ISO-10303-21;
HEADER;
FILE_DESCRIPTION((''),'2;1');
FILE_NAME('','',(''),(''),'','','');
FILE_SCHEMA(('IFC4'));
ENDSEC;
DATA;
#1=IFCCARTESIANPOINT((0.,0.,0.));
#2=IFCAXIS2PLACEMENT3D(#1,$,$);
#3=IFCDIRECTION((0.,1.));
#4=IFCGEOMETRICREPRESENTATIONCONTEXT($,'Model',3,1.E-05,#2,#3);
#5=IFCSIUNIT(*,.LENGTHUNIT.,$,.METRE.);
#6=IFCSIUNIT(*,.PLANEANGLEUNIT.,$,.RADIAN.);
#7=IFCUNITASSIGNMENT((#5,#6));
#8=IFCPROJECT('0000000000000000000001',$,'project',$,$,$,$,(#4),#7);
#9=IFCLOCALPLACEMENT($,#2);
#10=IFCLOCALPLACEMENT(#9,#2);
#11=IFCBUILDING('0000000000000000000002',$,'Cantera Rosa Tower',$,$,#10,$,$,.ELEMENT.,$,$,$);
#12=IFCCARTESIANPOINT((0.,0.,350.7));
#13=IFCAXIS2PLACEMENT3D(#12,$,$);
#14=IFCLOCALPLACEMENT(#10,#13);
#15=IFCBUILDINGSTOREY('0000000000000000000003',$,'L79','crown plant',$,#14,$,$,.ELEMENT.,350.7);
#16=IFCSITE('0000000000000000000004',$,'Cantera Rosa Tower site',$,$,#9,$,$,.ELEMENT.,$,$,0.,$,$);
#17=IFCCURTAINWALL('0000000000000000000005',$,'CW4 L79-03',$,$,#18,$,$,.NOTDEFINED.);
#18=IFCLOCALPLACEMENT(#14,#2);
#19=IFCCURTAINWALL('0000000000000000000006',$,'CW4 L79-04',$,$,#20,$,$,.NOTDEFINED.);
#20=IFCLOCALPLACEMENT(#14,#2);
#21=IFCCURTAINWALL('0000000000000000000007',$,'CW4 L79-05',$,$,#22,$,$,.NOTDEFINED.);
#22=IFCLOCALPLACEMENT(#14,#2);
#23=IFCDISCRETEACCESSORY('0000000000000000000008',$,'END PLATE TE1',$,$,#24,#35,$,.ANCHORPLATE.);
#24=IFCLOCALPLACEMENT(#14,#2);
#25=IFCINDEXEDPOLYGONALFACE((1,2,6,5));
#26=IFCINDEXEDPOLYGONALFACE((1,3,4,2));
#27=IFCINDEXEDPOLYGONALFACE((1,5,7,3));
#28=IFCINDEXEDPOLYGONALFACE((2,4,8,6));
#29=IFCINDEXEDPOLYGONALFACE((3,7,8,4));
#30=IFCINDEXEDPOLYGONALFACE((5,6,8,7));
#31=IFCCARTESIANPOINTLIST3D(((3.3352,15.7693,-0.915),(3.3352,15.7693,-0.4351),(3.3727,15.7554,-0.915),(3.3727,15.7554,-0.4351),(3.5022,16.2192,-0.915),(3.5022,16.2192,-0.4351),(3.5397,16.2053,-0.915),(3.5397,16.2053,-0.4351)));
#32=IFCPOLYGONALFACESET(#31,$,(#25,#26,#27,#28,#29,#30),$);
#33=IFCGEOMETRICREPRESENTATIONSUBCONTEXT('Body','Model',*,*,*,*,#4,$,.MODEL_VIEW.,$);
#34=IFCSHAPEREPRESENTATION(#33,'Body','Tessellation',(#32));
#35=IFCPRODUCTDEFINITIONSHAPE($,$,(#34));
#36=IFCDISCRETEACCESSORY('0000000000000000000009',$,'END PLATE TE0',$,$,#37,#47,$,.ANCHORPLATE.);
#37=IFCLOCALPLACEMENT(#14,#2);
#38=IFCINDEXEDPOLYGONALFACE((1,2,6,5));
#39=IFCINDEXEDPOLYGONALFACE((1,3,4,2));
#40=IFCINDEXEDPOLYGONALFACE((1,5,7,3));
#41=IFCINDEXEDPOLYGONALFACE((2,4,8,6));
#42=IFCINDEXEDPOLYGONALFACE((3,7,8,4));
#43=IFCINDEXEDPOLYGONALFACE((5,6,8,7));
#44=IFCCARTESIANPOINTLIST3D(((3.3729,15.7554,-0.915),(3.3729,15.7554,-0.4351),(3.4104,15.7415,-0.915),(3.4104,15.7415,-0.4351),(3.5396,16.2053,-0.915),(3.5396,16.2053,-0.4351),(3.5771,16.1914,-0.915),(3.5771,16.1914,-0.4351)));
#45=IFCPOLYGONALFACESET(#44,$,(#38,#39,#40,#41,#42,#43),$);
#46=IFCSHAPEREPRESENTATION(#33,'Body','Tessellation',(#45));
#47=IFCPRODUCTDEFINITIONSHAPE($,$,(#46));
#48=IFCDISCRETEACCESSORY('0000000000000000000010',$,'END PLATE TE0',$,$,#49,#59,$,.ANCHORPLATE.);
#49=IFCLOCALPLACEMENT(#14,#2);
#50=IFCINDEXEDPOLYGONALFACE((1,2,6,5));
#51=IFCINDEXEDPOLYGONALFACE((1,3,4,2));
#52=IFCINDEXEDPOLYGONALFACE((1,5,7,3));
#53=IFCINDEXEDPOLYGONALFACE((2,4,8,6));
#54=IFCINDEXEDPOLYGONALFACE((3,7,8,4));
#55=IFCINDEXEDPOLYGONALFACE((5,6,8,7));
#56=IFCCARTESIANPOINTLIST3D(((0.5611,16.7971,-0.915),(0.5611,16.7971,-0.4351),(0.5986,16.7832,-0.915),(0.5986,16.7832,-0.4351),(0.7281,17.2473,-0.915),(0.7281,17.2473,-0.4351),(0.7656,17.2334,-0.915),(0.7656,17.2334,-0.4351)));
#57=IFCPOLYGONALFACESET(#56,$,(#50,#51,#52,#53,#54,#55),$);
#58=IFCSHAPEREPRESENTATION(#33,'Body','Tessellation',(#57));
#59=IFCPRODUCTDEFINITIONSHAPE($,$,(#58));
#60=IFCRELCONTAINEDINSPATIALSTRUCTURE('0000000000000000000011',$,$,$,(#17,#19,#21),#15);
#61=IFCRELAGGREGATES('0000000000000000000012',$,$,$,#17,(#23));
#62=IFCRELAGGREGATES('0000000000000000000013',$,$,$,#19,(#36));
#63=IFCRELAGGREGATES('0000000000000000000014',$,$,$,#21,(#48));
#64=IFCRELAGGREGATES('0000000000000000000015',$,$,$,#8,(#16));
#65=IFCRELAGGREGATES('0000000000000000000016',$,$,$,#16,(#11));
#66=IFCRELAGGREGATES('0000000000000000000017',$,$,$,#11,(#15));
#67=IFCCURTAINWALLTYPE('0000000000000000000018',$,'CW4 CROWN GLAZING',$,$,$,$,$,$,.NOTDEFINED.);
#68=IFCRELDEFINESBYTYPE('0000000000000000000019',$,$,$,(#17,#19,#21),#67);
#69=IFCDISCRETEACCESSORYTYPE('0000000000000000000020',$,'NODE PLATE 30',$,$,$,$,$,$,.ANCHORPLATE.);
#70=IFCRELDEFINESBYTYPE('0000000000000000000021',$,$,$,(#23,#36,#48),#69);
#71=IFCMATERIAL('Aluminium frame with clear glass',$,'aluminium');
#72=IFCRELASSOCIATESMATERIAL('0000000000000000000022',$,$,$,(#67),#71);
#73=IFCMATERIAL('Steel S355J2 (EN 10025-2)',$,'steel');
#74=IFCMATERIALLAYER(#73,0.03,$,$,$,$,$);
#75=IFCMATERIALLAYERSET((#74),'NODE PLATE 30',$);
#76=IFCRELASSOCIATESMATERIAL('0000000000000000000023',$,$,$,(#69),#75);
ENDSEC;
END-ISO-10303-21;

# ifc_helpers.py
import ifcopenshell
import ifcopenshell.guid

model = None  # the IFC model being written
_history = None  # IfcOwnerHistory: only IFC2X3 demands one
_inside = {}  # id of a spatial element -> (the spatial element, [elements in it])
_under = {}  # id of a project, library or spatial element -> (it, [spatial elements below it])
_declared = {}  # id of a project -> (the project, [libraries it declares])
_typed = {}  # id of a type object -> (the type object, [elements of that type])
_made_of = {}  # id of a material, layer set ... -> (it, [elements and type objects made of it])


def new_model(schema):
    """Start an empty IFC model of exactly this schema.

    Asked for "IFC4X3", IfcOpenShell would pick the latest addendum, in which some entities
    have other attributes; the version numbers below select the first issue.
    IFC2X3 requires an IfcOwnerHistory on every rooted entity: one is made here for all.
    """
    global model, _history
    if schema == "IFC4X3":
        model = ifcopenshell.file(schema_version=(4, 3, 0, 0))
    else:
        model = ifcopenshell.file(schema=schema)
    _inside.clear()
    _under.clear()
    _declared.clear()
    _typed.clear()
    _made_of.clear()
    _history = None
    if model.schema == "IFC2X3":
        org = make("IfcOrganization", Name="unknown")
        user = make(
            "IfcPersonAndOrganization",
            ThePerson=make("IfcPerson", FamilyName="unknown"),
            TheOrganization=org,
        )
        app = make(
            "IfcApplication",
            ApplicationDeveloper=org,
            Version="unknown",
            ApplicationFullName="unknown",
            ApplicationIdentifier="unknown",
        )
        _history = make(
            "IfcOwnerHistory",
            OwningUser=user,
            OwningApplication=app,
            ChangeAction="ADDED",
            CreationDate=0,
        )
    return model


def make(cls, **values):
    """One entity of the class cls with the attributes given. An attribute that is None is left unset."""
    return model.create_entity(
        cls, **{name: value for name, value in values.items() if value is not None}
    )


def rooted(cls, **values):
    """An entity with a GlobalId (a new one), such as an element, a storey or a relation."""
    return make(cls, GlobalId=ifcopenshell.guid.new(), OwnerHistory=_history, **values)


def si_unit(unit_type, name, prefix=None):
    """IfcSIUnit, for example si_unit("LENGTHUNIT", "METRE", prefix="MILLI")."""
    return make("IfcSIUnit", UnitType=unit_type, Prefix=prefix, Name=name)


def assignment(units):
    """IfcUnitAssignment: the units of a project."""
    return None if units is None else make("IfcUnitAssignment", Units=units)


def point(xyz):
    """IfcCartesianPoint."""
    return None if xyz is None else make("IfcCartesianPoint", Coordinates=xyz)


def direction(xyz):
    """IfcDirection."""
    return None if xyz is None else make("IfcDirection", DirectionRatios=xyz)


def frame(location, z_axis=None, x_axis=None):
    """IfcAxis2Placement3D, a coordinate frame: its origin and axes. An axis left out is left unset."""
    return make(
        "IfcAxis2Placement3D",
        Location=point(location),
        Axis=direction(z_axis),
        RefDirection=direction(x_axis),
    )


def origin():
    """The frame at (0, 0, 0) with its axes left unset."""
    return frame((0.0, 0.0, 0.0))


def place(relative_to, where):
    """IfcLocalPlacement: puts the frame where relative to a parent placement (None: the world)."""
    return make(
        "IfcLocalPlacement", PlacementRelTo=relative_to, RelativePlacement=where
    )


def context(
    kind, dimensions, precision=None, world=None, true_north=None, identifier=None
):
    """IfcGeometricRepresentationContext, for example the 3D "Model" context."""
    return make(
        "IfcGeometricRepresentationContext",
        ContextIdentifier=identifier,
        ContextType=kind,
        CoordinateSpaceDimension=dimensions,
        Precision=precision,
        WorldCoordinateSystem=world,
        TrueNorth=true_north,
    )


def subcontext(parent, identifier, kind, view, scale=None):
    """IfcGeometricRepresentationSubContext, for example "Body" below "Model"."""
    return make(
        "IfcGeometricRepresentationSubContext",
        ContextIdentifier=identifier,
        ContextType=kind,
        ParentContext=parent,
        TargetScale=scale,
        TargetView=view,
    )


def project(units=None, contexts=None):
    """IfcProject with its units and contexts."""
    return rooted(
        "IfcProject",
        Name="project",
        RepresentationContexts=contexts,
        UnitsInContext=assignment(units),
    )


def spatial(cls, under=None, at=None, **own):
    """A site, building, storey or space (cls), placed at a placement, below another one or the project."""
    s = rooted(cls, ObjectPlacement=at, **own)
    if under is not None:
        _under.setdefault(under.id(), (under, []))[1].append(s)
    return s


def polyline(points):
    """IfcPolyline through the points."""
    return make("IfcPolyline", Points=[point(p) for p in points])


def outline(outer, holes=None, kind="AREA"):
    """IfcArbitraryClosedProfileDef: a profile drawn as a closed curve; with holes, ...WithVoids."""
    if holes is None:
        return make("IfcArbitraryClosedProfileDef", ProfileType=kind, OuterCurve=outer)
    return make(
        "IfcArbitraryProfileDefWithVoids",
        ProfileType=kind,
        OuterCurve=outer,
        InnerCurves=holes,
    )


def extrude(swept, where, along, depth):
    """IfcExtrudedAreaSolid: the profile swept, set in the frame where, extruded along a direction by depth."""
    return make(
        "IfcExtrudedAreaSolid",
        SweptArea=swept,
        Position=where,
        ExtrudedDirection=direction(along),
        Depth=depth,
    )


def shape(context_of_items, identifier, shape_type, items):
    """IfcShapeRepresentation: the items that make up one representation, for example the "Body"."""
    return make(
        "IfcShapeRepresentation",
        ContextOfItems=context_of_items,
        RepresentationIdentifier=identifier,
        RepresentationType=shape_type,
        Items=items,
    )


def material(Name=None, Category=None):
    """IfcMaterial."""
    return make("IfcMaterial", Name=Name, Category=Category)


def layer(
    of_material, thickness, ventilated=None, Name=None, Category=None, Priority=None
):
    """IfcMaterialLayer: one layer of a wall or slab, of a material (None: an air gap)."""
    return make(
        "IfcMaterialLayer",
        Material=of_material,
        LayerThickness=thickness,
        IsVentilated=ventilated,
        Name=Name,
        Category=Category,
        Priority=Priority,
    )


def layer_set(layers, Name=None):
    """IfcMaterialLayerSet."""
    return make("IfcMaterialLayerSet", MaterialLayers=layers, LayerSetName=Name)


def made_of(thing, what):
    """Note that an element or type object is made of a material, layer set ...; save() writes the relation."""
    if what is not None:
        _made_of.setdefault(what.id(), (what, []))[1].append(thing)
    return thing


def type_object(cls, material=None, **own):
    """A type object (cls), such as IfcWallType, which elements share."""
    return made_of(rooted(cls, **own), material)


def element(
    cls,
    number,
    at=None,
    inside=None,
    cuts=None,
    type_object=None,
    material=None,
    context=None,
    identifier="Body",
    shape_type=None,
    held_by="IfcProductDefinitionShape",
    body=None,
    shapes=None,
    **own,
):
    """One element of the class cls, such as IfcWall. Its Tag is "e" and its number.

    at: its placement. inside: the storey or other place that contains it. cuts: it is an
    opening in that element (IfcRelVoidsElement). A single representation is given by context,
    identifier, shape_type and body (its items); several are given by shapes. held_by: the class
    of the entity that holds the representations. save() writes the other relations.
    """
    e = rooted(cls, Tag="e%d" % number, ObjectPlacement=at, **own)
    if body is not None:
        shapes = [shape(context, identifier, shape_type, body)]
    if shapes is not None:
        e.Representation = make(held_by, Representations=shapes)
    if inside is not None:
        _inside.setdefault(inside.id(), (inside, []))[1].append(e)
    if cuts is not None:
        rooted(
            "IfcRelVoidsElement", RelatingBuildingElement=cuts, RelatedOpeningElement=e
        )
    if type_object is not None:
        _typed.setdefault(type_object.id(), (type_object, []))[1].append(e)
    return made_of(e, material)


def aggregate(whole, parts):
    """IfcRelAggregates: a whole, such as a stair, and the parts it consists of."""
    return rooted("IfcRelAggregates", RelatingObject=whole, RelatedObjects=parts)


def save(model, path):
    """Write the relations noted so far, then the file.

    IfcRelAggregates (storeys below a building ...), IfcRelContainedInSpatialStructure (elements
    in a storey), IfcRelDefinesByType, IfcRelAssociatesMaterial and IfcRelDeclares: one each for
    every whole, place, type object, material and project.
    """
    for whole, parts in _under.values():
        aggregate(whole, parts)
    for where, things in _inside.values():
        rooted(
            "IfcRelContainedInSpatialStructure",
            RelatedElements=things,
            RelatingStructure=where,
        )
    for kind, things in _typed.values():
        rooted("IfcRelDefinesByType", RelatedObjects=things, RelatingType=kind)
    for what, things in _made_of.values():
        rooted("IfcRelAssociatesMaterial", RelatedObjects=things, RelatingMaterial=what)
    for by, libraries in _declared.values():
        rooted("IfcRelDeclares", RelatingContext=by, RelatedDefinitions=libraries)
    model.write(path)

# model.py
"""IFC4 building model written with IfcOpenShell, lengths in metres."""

from ifc_helpers import new_model, si_unit, direction, frame, origin, place, context, subcontext, project, spatial, polyline, outline, extrude, material, layer, layer_set, type_object, element, aggregate, save


model = new_model("IFC4")

# Units and contexts
model_context = context("Model", 3, precision=1e-05, world=origin(), true_north=direction((0.0, 1.0)))
body_context = subcontext(model_context, "Body", "Model", "MODEL_VIEW")
ifc_project = project(units=[si_unit("LENGTHUNIT", "METRE"), si_unit("PLANEANGLEUNIT", "RADIAN")], contexts=[model_context])

# Site, building, storey
site_placement = place(None, origin())
site = spatial("IfcSite", under=ifc_project, at=site_placement, Name="Cantera Rosa Tower site", CompositionType="ELEMENT", RefElevation=0.0)
building_placement = place(site_placement, origin())
building = spatial("IfcBuilding", under=site, at=building_placement, Name="Cantera Rosa Tower", CompositionType="ELEMENT")
storey_placement = place(building_placement, frame((0.0, 0.0, 350.7)))
storey = spatial("IfcBuildingStorey", under=building, at=storey_placement, Name="L79", Description="crown plant", CompositionType="ELEMENT", Elevation=350.7)

# Curtain walls
ifc_material_1 = material(Name="Aluminium frame with clear glass", Category="aluminium")
curtain_wall_type = type_object("IfcCurtainWallType", Name="CW4 CROWN GLAZING", PredefinedType="NOTDEFINED", material=ifc_material_1)
curtain_wall_1_placement = place(storey_placement, origin())
curtain_wall_1 = element("IfcCurtainWall", 1, at=curtain_wall_1_placement, inside=storey, type_object=curtain_wall_type, Name="CW4 L79-03", PredefinedType="NOTDEFINED")
curtain_wall_2_placement = place(storey_placement, origin())
curtain_wall_2 = element("IfcCurtainWall", 2, at=curtain_wall_2_placement, inside=storey, type_object=curtain_wall_type, Name="CW4 L79-04", PredefinedType="NOTDEFINED")
curtain_wall_3_placement = place(storey_placement, origin())
curtain_wall_3 = element("IfcCurtainWall", 3, at=curtain_wall_3_placement, inside=storey, type_object=curtain_wall_type, Name="CW4 L79-05", PredefinedType="NOTDEFINED")

# Shared definitions
ifc_material_2 = material(Name="Steel S355J2 (EN 10025-2)", Category="steel")
ifc_layer_1 = layer(ifc_material_2, 0.03)
ifc_layer_set_1 = layer_set([ifc_layer_1], Name="NODE PLATE 30")
discrete_accessory_type = type_object("IfcDiscreteAccessoryType", Name="NODE PLATE 30", PredefinedType="ANCHORPLATE", material=ifc_layer_set_1)

# Discrete accessories
discrete_accessory_1_placement = place(storey_placement, frame((3.3352, 15.7693, -0.4351), z_axis=(-0.937515, 0.347944, 0.0), x_axis=(0.347944, 0.937515, 0.0)))
discrete_accessory_1 = element("IfcDiscreteAccessory", 4, at=discrete_accessory_1_placement, type_object=discrete_accessory_type, Name="END PLATE TE1", PredefinedType="ANCHORPLATE", context=body_context, shape_type="SweptSolid", body=[
    extrude(outline(polyline([(0.0, 0.0), (0.4799, 0.0), (0.4799, 0.48), (0.0, 0.48), (0.0, 0.0)])), origin(), (0.0, 0.0, -1.0), 0.04),
])
aggregate(curtain_wall_1, [discrete_accessory_1])
discrete_accessory_2_placement = place(storey_placement, frame((3.5771, 16.1914, -0.4351), z_axis=(0.937681, -0.347497, 0.0), x_axis=(-0.347497, -0.937681, 0.0)))
discrete_accessory_2 = element("IfcDiscreteAccessory", 5, at=discrete_accessory_2_placement, type_object=discrete_accessory_type, Name="END PLATE TE0", PredefinedType="ANCHORPLATE", context=body_context, shape_type="SweptSolid", body=[
    extrude(outline(polyline([(0.0, 0.0), (0.4799, 0.0), (0.4799, 0.48), (0.0, 0.48), (0.0, 0.0)])), origin(), (0.0, 0.0, -1.0), 0.04),
])
aggregate(curtain_wall_2, [discrete_accessory_2])
discrete_accessory_3_placement = place(storey_placement, frame((0.7656, 17.2334, -0.4351), z_axis=(0.937577, -0.347778, 0.0), x_axis=(-0.347778, -0.937577, 0.0)))
discrete_accessory_3 = element("IfcDiscreteAccessory", 6, at=discrete_accessory_3_placement, type_object=discrete_accessory_type, Name="END PLATE TE0", PredefinedType="ANCHORPLATE", context=body_context, shape_type="SweptSolid", body=[
    extrude(outline(polyline([(0.0, 0.0), (0.4802, 0.0), (0.4802, 0.48), (0.0, 0.48), (0.0, 0.0)])), origin(), (0.0, 0.0, -1.0), 0.04),
])
aggregate(curtain_wall_3, [discrete_accessory_3])

save(model, "model.ifc")
